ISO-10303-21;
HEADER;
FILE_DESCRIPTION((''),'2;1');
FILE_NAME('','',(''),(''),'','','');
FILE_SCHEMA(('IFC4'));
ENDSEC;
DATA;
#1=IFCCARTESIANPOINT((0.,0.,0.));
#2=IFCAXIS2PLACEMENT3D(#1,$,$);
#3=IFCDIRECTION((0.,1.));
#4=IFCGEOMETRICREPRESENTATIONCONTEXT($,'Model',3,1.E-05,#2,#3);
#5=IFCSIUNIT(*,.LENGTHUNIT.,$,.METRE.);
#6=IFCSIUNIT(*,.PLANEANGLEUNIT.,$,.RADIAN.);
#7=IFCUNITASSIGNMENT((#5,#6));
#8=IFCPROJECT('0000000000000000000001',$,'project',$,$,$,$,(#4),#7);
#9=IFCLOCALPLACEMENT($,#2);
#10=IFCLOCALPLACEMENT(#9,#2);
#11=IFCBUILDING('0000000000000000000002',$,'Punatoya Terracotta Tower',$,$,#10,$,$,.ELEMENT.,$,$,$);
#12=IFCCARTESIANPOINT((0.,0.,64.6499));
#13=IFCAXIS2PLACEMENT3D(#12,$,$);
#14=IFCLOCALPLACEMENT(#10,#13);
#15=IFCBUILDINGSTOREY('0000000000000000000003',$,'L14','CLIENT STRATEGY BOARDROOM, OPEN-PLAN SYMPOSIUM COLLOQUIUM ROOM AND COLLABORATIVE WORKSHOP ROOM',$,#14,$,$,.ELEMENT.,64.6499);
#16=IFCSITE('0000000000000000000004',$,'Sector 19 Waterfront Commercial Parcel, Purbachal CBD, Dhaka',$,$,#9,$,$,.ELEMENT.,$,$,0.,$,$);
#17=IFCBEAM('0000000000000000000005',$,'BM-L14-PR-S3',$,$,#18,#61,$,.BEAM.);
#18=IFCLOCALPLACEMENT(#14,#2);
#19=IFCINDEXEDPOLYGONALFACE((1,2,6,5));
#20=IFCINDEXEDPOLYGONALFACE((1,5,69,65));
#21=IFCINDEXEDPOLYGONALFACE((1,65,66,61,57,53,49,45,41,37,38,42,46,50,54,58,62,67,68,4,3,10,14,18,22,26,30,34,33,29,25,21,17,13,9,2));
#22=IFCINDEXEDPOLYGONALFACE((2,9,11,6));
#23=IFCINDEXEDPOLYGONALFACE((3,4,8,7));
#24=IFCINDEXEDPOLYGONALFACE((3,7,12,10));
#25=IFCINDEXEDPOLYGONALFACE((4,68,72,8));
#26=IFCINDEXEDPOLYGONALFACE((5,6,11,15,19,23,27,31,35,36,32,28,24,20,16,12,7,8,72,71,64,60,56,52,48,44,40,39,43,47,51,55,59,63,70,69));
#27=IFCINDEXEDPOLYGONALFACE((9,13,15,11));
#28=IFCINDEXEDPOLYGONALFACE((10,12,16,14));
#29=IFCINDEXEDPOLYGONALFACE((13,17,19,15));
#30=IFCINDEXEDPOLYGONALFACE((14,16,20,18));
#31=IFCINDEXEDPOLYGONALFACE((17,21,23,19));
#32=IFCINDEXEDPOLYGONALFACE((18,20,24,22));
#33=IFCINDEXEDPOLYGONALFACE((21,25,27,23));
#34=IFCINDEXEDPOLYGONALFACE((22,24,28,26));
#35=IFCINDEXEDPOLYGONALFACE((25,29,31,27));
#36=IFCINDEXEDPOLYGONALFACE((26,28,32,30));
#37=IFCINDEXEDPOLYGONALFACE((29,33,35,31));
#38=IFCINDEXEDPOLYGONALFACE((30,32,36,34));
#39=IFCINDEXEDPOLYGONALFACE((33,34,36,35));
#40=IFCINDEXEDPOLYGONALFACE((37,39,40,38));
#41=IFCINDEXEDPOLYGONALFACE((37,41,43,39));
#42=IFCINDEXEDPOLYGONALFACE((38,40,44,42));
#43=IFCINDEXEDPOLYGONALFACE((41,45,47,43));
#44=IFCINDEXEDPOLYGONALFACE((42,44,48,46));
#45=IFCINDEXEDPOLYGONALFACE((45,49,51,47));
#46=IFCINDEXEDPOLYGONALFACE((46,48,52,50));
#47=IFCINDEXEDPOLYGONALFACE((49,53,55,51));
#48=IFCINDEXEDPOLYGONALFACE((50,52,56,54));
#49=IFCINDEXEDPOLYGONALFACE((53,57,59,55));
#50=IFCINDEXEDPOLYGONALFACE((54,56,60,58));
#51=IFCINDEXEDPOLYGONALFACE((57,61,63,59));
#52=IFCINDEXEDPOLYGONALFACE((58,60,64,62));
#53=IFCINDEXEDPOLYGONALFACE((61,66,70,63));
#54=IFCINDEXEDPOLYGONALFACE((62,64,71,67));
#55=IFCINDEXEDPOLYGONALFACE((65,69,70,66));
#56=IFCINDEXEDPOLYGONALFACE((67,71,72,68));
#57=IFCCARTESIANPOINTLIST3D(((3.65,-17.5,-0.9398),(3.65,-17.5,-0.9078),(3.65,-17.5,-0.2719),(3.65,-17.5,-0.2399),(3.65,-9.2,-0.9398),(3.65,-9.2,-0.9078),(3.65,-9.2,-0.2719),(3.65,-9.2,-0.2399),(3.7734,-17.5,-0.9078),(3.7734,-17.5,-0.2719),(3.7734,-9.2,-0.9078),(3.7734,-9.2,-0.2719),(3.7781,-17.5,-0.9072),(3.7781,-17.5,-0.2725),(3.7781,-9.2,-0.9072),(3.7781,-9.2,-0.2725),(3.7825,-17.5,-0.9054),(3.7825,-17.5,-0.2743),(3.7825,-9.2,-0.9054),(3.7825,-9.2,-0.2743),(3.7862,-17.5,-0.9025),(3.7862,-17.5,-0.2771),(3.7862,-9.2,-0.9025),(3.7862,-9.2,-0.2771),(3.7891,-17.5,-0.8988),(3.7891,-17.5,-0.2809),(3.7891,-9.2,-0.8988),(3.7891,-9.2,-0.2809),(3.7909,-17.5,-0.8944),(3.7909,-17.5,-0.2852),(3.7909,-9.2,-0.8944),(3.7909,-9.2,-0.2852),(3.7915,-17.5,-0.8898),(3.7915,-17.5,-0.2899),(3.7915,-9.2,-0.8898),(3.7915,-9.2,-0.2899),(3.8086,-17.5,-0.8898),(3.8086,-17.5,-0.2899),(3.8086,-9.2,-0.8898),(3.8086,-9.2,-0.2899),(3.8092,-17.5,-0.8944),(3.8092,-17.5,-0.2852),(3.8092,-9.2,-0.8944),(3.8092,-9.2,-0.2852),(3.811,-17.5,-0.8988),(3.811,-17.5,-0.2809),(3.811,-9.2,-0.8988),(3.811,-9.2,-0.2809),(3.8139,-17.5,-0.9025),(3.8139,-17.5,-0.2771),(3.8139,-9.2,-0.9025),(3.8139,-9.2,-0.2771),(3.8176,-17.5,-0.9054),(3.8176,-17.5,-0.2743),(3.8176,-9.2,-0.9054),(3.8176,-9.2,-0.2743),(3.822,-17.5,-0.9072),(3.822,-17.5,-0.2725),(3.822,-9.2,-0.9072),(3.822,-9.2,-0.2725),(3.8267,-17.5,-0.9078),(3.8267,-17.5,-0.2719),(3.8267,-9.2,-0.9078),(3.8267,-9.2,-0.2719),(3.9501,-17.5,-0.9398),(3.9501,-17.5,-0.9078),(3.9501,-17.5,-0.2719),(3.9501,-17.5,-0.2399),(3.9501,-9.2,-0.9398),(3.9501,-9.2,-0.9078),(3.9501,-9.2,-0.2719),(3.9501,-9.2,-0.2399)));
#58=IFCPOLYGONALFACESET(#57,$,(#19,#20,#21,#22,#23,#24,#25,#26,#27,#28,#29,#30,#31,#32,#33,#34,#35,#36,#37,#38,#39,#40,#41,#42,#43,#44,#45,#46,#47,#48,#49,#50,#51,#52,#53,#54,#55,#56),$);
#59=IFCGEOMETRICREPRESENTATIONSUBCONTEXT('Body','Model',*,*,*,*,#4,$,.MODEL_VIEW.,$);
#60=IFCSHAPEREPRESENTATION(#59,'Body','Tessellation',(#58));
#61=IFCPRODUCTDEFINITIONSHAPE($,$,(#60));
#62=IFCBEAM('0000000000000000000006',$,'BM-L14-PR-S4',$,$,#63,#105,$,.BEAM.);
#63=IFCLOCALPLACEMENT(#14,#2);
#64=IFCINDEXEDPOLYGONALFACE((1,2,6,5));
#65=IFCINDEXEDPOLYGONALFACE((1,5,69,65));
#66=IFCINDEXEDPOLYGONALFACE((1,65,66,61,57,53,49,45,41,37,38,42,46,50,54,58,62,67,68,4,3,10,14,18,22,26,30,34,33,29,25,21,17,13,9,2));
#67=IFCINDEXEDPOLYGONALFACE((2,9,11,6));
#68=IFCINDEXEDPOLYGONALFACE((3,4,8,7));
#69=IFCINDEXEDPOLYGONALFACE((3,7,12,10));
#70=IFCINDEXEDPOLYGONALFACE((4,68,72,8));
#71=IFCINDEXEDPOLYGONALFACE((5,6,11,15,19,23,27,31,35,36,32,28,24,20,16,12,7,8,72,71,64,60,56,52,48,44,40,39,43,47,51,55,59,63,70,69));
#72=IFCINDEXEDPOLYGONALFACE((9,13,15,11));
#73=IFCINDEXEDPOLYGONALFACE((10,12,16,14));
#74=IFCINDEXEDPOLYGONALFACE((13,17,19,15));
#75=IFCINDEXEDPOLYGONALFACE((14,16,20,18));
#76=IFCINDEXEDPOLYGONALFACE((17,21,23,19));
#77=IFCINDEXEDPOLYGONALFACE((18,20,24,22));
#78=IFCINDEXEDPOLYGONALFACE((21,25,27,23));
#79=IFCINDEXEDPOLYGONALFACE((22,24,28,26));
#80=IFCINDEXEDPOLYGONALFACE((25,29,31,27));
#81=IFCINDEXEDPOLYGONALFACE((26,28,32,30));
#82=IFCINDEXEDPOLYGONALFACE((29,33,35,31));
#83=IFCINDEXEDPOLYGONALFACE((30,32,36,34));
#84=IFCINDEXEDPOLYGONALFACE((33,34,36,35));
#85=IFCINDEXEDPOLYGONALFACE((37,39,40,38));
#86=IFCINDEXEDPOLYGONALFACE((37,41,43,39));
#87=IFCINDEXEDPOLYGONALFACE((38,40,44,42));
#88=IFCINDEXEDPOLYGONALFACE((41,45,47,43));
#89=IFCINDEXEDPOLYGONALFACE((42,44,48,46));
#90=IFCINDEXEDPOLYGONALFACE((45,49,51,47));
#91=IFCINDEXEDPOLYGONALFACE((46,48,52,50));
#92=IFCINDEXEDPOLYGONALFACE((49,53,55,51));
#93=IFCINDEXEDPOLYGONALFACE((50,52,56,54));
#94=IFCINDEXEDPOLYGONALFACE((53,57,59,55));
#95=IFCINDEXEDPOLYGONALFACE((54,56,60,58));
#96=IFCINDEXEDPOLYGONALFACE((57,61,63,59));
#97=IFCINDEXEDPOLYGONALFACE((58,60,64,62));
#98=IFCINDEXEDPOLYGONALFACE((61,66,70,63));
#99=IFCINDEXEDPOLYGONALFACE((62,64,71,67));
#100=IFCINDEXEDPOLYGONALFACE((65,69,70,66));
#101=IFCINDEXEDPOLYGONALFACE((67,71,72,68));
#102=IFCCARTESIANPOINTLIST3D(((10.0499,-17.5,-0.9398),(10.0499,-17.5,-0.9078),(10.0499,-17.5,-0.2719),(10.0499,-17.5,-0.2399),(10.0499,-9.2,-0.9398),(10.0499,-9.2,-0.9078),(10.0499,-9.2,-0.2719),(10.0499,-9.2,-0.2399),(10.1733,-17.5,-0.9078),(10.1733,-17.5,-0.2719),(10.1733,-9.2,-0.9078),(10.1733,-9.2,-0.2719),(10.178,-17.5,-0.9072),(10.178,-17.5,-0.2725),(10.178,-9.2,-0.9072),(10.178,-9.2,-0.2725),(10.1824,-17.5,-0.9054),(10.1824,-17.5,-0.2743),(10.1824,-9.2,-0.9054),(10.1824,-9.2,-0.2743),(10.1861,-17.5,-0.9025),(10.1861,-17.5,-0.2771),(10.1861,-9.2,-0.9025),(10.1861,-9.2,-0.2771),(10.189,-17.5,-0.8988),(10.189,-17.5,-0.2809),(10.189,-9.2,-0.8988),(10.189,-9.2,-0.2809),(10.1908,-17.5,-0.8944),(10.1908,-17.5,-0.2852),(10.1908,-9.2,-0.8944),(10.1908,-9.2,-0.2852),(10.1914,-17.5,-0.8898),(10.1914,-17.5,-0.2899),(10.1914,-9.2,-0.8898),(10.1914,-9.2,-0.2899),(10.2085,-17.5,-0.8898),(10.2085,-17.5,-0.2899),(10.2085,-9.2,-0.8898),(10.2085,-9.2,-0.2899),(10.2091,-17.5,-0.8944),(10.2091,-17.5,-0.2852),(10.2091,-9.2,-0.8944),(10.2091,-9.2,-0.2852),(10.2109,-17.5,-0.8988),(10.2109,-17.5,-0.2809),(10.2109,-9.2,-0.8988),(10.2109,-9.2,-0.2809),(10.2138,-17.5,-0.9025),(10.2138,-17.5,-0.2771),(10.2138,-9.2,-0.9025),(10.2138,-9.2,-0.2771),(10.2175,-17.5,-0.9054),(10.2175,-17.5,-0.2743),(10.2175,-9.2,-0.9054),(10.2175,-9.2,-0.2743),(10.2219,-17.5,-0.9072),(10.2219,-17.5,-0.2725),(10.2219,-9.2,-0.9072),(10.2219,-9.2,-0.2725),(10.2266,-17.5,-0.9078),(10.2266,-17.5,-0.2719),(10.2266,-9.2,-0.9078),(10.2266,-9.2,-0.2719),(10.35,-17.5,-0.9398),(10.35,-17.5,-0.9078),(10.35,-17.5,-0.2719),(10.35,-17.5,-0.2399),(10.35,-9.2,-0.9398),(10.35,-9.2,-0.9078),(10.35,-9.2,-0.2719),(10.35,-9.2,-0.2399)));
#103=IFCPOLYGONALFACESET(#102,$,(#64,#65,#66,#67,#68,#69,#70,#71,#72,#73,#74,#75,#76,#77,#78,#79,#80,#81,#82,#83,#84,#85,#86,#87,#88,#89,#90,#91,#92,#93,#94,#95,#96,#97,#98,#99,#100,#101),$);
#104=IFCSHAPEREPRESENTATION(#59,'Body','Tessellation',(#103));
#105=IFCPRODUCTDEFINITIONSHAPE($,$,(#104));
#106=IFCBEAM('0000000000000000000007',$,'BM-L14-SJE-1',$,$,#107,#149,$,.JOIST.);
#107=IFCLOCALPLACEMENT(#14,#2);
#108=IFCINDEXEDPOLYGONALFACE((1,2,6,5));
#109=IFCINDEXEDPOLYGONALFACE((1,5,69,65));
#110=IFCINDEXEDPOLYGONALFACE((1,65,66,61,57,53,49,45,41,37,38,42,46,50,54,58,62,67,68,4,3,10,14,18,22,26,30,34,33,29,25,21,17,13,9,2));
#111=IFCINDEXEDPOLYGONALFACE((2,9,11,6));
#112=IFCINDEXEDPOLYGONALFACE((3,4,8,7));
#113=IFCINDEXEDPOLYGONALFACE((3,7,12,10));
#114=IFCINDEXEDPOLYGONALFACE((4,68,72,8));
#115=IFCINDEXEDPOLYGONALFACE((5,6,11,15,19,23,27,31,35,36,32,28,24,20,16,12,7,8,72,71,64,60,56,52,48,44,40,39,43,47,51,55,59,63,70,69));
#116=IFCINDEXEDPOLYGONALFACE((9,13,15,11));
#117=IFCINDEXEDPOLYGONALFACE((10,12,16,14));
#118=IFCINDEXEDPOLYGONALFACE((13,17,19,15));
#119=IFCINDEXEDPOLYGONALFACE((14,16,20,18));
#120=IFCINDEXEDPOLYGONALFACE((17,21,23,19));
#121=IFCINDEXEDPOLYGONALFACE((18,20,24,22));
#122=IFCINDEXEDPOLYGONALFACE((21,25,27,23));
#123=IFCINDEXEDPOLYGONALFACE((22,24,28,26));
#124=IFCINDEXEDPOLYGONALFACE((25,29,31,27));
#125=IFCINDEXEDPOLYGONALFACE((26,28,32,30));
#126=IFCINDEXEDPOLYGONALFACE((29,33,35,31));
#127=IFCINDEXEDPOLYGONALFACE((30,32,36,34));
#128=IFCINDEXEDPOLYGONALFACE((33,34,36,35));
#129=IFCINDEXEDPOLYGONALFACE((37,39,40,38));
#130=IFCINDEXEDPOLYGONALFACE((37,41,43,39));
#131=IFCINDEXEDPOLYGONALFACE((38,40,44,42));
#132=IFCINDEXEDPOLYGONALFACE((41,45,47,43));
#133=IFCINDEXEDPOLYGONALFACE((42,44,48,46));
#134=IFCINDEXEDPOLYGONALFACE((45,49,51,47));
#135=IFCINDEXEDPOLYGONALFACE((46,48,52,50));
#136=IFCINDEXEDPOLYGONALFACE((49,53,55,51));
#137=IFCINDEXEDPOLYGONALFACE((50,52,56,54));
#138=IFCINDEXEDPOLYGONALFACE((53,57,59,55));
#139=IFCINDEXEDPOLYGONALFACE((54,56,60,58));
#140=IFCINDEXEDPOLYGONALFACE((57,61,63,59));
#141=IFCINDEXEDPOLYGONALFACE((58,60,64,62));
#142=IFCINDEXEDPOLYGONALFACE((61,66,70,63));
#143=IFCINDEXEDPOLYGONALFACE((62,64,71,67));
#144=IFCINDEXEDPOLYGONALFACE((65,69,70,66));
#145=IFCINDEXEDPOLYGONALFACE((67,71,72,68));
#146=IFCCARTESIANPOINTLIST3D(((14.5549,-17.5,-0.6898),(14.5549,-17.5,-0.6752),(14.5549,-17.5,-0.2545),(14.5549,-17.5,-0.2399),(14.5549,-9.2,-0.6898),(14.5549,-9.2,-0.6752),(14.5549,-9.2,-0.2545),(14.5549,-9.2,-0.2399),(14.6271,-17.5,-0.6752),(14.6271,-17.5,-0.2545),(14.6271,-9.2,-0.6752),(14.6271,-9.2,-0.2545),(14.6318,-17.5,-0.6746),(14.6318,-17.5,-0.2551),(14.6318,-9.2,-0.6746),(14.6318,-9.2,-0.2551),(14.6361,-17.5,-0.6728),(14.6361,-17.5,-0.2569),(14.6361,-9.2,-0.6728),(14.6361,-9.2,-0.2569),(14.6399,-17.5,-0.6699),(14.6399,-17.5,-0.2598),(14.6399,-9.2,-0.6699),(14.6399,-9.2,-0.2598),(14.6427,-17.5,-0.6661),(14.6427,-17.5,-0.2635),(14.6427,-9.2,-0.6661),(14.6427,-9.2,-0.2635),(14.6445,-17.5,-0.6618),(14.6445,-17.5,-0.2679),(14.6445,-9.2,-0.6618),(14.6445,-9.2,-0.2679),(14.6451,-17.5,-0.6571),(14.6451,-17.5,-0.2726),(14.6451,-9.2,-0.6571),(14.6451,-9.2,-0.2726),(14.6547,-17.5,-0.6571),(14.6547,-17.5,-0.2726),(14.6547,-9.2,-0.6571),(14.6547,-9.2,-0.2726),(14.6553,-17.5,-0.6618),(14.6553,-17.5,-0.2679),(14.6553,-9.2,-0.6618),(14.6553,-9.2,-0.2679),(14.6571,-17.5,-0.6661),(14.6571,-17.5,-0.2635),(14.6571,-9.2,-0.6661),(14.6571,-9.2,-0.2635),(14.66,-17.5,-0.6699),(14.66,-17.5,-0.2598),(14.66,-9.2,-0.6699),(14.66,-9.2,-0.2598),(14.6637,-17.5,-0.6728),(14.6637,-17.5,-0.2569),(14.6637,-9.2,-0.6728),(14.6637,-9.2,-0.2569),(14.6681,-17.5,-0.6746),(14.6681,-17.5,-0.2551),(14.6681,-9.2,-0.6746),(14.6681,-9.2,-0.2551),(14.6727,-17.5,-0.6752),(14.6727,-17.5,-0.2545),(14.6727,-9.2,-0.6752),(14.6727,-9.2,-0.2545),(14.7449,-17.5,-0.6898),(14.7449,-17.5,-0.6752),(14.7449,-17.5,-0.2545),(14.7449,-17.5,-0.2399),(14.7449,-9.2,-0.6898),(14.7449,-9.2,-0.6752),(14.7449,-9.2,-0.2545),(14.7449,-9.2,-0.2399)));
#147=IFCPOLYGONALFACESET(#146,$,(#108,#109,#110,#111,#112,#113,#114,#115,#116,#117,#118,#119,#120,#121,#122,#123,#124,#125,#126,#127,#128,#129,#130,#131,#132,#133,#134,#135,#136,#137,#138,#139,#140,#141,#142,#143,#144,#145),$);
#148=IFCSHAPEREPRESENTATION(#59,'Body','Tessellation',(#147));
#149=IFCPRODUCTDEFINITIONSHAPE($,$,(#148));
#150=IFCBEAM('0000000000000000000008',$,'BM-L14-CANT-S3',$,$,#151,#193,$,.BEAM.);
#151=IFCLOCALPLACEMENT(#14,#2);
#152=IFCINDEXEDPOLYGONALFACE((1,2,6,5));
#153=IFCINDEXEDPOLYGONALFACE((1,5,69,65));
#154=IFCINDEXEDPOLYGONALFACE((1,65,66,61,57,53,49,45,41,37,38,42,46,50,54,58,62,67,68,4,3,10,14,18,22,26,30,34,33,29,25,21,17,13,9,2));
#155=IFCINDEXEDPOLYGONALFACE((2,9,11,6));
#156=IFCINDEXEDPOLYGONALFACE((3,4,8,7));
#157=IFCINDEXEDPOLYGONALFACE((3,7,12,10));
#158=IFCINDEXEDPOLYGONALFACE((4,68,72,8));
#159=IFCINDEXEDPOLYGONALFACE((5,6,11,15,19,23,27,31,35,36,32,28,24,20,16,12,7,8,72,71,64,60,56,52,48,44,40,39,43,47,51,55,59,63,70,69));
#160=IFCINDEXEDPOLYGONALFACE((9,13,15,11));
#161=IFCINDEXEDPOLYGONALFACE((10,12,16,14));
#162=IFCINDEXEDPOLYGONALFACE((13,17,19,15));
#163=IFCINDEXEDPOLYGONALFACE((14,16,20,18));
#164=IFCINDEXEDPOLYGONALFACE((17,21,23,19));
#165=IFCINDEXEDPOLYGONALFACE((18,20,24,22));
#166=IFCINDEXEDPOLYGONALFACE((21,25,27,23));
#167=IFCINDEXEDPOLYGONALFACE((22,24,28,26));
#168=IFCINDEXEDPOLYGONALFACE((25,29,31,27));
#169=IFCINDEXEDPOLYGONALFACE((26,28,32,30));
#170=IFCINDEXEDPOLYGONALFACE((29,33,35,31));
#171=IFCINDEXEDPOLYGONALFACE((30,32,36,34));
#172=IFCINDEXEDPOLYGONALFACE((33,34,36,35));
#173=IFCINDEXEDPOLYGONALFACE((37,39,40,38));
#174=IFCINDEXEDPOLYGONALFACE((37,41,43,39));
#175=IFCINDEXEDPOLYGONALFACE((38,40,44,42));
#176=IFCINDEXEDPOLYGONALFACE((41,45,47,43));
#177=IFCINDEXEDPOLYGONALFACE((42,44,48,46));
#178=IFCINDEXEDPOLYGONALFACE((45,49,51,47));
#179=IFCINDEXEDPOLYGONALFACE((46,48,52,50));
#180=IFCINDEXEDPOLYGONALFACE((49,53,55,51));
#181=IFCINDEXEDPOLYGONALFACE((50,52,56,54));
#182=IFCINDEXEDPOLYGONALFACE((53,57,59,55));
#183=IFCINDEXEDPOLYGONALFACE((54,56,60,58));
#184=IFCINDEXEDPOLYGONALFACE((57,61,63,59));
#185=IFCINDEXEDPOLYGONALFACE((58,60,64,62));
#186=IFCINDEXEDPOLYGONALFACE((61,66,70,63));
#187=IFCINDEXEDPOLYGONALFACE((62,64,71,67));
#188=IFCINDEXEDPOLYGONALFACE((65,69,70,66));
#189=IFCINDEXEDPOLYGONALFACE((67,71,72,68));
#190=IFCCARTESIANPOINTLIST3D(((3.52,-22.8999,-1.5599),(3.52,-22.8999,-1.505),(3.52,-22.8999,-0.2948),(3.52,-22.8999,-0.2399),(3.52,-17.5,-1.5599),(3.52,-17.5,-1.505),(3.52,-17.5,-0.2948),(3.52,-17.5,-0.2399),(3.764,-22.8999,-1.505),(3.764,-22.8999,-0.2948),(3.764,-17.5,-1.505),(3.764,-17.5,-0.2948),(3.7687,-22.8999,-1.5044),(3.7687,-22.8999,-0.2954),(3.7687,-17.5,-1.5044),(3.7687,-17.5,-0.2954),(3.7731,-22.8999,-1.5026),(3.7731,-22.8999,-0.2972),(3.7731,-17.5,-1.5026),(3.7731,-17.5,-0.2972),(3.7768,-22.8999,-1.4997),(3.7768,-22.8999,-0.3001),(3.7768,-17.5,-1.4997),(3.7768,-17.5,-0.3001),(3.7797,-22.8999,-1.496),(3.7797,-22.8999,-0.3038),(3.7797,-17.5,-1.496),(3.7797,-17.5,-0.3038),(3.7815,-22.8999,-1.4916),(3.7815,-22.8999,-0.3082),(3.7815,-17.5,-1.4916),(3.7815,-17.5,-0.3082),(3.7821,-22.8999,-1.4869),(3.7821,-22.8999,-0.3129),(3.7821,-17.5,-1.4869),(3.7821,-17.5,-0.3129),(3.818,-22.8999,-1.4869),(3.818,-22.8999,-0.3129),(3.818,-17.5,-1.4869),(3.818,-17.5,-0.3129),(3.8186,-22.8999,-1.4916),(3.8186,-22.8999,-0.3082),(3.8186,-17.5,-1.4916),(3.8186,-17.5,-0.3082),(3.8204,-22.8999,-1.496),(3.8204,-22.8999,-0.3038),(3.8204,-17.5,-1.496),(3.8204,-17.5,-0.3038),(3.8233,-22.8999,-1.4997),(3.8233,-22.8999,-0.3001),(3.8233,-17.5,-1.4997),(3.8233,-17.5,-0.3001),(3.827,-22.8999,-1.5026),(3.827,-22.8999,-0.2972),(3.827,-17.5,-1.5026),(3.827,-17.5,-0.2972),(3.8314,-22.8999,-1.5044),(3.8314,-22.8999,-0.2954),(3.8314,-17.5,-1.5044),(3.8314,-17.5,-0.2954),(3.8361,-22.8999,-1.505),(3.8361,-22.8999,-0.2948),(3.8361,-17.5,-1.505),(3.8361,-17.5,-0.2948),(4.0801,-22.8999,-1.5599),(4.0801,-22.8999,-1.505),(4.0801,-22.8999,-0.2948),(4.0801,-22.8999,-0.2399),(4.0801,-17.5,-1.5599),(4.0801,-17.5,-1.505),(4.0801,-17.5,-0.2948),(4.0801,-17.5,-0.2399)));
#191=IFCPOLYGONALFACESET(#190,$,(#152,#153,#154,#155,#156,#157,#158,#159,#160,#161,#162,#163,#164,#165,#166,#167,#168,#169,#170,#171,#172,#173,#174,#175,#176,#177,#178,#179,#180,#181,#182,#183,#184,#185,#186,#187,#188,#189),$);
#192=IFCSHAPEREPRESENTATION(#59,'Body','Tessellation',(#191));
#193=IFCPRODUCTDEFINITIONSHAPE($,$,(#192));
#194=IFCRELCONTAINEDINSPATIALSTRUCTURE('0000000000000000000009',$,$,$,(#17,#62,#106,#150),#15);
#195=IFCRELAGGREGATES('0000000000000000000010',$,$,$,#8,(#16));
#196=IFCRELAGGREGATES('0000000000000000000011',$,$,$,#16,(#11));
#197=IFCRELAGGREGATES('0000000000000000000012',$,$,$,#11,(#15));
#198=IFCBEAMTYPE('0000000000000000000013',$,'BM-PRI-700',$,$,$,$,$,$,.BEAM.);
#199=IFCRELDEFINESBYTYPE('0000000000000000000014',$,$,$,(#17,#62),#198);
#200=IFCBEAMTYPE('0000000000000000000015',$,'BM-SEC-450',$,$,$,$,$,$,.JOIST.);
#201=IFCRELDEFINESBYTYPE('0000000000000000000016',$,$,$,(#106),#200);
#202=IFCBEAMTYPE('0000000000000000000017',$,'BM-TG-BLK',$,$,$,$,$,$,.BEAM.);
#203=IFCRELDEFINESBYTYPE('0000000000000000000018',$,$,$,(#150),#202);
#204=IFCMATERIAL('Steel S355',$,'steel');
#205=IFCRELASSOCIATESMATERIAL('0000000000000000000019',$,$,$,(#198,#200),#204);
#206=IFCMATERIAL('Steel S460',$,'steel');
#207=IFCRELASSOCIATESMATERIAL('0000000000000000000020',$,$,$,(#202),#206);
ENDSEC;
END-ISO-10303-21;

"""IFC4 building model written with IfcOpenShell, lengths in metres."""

from ifc_helpers import new_model, si_unit, direction, frame, origin, origin_2d, place, context, subcontext, project, spatial, i_section, extrude, material, material_profile, profile_set, type_object, element, save


model = new_model("IFC4")

# Units and contexts
model_context = context("Model", 3, precision=1e-05, world=origin(), true_north=direction((0.0, 1.0)))
body_context = subcontext(model_context, "Body", "Model", "MODEL_VIEW")
ifc_project = project(units=[si_unit("LENGTHUNIT", "METRE"), si_unit("PLANEANGLEUNIT", "RADIAN")], contexts=[model_context])

# Site, building, storey
site_placement = place(None, origin())
site = spatial("IfcSite", under=ifc_project, at=site_placement, Name="Sector 19 Waterfront Commercial Parcel, Purbachal CBD, Dhaka", CompositionType="ELEMENT", RefElevation=0.0)
building_placement = place(site_placement, origin())
building = spatial("IfcBuilding", under=site, at=building_placement, Name="Punatoya Terracotta Tower", CompositionType="ELEMENT")
storey_placement = place(building_placement, frame((0.0, 0.0, 64.6499)))
storey = spatial("IfcBuildingStorey", under=building, at=storey_placement, Name="L14", Description="CLIENT STRATEGY BOARDROOM, OPEN-PLAN SYMPOSIUM COLLOQUIUM ROOM AND COLLABORATIVE WORKSHOP ROOM", CompositionType="ELEMENT", Elevation=64.6499)

# Shared definitions
ifc_material_1 = material(Name="Steel S460", Category="steel")

# Beams
ifc_material_2 = material(Name="Steel S355", Category="steel")
ifc_material_profile_1 = material_profile(ifc_material_2, i_section(OverallWidth=0.3, OverallDepth=0.7, WebThickness=0.0171, FlangeThickness=0.032, FilletRadius=0.0181, at=origin_2d()))
ifc_profile_set_1 = profile_set([ifc_material_profile_1], Name="Steel S355")
beam_type_1 = type_object("IfcBeamType", Name="BM-PRI-700", PredefinedType="BEAM", material=ifc_profile_set_1)
for number, where, z_axis, x_axis, name in (
    (1, (3.8, -17.5, -0.5898), (0.0, 1.0, 0.0), (-1.0, 0.0, 0.0), "BM-L14-PR-S3"),
    (2, (10.2, -17.5, -0.5898), (0.0, 1.0, 0.0), (-1.0, 0.0, 0.0), "BM-L14-PR-S4"),
):
    element("IfcBeam", number, at=place(storey_placement, frame(where, z_axis=z_axis, x_axis=x_axis)), inside=storey, type_object=beam_type_1, Name=name, PredefinedType="BEAM", context=body_context, shape_type="SweptSolid", body=[
        extrude(i_section(OverallWidth=0.3, OverallDepth=0.7, WebThickness=0.0171, FlangeThickness=0.032, FilletRadius=0.0181, at=origin_2d()), origin(), (0.0, 0.0, 1.0), 8.3),
    ])
ifc_material_profile_2 = material_profile(ifc_material_2, i_section(OverallWidth=0.1899, OverallDepth=0.45, WebThickness=0.0095, FlangeThickness=0.0146, FilletRadius=0.0181, at=origin_2d()))
ifc_profile_set_2 = profile_set([ifc_material_profile_2], Name="Steel S355")
beam_type_2 = type_object("IfcBeamType", Name="BM-SEC-450", PredefinedType="JOIST", material=ifc_profile_set_2)
beam_1_placement = place(storey_placement, frame((14.6499, -17.5, -0.4648), z_axis=(0.0, 1.0, 0.0), x_axis=(-1.0, 0.0, 0.0)))
element("IfcBeam", 3, at=beam_1_placement, inside=storey, type_object=beam_type_2, Name="BM-L14-SJE-1", PredefinedType="JOIST", context=body_context, shape_type="SweptSolid", body=[
    extrude(i_section(OverallWidth=0.1899, OverallDepth=0.45, WebThickness=0.0095, FlangeThickness=0.0146, FilletRadius=0.0181, at=origin_2d()), origin(), (0.0, 0.0, 1.0), 8.3),
])
ifc_material_profile_3 = material_profile(ifc_material_1, i_section(OverallWidth=0.5601, OverallDepth=1.3201, WebThickness=0.0359, FlangeThickness=0.0549, FilletRadius=0.0181, at=origin_2d()))
ifc_profile_set_3 = profile_set([ifc_material_profile_3], Name="Steel S460")
beam_type_3 = type_object("IfcBeamType", Name="BM-TG-BLK", PredefinedType="BEAM", material=ifc_profile_set_3)
for number, where, z_axis, x_axis, name in (
    (4, (3.8, -22.8999, -0.8999), (0.0, 1.0, 0.0), (-1.0, 0.0, 0.0), "BM-L14-CANT-S3"),
):
    element("IfcBeam", number, at=place(storey_placement, frame(where, z_axis=z_axis, x_axis=x_axis)), inside=storey, type_object=beam_type_3, Name=name, PredefinedType="BEAM", context=body_context, shape_type="SweptSolid", body=[
        extrude(i_section(OverallWidth=0.5601, OverallDepth=1.3201, WebThickness=0.0359, FlangeThickness=0.0549, FilletRadius=0.0181, at=origin_2d()), origin(), (0.0, 0.0, 1.0), 5.3999),
    ])

save(model, "model.ifc")
